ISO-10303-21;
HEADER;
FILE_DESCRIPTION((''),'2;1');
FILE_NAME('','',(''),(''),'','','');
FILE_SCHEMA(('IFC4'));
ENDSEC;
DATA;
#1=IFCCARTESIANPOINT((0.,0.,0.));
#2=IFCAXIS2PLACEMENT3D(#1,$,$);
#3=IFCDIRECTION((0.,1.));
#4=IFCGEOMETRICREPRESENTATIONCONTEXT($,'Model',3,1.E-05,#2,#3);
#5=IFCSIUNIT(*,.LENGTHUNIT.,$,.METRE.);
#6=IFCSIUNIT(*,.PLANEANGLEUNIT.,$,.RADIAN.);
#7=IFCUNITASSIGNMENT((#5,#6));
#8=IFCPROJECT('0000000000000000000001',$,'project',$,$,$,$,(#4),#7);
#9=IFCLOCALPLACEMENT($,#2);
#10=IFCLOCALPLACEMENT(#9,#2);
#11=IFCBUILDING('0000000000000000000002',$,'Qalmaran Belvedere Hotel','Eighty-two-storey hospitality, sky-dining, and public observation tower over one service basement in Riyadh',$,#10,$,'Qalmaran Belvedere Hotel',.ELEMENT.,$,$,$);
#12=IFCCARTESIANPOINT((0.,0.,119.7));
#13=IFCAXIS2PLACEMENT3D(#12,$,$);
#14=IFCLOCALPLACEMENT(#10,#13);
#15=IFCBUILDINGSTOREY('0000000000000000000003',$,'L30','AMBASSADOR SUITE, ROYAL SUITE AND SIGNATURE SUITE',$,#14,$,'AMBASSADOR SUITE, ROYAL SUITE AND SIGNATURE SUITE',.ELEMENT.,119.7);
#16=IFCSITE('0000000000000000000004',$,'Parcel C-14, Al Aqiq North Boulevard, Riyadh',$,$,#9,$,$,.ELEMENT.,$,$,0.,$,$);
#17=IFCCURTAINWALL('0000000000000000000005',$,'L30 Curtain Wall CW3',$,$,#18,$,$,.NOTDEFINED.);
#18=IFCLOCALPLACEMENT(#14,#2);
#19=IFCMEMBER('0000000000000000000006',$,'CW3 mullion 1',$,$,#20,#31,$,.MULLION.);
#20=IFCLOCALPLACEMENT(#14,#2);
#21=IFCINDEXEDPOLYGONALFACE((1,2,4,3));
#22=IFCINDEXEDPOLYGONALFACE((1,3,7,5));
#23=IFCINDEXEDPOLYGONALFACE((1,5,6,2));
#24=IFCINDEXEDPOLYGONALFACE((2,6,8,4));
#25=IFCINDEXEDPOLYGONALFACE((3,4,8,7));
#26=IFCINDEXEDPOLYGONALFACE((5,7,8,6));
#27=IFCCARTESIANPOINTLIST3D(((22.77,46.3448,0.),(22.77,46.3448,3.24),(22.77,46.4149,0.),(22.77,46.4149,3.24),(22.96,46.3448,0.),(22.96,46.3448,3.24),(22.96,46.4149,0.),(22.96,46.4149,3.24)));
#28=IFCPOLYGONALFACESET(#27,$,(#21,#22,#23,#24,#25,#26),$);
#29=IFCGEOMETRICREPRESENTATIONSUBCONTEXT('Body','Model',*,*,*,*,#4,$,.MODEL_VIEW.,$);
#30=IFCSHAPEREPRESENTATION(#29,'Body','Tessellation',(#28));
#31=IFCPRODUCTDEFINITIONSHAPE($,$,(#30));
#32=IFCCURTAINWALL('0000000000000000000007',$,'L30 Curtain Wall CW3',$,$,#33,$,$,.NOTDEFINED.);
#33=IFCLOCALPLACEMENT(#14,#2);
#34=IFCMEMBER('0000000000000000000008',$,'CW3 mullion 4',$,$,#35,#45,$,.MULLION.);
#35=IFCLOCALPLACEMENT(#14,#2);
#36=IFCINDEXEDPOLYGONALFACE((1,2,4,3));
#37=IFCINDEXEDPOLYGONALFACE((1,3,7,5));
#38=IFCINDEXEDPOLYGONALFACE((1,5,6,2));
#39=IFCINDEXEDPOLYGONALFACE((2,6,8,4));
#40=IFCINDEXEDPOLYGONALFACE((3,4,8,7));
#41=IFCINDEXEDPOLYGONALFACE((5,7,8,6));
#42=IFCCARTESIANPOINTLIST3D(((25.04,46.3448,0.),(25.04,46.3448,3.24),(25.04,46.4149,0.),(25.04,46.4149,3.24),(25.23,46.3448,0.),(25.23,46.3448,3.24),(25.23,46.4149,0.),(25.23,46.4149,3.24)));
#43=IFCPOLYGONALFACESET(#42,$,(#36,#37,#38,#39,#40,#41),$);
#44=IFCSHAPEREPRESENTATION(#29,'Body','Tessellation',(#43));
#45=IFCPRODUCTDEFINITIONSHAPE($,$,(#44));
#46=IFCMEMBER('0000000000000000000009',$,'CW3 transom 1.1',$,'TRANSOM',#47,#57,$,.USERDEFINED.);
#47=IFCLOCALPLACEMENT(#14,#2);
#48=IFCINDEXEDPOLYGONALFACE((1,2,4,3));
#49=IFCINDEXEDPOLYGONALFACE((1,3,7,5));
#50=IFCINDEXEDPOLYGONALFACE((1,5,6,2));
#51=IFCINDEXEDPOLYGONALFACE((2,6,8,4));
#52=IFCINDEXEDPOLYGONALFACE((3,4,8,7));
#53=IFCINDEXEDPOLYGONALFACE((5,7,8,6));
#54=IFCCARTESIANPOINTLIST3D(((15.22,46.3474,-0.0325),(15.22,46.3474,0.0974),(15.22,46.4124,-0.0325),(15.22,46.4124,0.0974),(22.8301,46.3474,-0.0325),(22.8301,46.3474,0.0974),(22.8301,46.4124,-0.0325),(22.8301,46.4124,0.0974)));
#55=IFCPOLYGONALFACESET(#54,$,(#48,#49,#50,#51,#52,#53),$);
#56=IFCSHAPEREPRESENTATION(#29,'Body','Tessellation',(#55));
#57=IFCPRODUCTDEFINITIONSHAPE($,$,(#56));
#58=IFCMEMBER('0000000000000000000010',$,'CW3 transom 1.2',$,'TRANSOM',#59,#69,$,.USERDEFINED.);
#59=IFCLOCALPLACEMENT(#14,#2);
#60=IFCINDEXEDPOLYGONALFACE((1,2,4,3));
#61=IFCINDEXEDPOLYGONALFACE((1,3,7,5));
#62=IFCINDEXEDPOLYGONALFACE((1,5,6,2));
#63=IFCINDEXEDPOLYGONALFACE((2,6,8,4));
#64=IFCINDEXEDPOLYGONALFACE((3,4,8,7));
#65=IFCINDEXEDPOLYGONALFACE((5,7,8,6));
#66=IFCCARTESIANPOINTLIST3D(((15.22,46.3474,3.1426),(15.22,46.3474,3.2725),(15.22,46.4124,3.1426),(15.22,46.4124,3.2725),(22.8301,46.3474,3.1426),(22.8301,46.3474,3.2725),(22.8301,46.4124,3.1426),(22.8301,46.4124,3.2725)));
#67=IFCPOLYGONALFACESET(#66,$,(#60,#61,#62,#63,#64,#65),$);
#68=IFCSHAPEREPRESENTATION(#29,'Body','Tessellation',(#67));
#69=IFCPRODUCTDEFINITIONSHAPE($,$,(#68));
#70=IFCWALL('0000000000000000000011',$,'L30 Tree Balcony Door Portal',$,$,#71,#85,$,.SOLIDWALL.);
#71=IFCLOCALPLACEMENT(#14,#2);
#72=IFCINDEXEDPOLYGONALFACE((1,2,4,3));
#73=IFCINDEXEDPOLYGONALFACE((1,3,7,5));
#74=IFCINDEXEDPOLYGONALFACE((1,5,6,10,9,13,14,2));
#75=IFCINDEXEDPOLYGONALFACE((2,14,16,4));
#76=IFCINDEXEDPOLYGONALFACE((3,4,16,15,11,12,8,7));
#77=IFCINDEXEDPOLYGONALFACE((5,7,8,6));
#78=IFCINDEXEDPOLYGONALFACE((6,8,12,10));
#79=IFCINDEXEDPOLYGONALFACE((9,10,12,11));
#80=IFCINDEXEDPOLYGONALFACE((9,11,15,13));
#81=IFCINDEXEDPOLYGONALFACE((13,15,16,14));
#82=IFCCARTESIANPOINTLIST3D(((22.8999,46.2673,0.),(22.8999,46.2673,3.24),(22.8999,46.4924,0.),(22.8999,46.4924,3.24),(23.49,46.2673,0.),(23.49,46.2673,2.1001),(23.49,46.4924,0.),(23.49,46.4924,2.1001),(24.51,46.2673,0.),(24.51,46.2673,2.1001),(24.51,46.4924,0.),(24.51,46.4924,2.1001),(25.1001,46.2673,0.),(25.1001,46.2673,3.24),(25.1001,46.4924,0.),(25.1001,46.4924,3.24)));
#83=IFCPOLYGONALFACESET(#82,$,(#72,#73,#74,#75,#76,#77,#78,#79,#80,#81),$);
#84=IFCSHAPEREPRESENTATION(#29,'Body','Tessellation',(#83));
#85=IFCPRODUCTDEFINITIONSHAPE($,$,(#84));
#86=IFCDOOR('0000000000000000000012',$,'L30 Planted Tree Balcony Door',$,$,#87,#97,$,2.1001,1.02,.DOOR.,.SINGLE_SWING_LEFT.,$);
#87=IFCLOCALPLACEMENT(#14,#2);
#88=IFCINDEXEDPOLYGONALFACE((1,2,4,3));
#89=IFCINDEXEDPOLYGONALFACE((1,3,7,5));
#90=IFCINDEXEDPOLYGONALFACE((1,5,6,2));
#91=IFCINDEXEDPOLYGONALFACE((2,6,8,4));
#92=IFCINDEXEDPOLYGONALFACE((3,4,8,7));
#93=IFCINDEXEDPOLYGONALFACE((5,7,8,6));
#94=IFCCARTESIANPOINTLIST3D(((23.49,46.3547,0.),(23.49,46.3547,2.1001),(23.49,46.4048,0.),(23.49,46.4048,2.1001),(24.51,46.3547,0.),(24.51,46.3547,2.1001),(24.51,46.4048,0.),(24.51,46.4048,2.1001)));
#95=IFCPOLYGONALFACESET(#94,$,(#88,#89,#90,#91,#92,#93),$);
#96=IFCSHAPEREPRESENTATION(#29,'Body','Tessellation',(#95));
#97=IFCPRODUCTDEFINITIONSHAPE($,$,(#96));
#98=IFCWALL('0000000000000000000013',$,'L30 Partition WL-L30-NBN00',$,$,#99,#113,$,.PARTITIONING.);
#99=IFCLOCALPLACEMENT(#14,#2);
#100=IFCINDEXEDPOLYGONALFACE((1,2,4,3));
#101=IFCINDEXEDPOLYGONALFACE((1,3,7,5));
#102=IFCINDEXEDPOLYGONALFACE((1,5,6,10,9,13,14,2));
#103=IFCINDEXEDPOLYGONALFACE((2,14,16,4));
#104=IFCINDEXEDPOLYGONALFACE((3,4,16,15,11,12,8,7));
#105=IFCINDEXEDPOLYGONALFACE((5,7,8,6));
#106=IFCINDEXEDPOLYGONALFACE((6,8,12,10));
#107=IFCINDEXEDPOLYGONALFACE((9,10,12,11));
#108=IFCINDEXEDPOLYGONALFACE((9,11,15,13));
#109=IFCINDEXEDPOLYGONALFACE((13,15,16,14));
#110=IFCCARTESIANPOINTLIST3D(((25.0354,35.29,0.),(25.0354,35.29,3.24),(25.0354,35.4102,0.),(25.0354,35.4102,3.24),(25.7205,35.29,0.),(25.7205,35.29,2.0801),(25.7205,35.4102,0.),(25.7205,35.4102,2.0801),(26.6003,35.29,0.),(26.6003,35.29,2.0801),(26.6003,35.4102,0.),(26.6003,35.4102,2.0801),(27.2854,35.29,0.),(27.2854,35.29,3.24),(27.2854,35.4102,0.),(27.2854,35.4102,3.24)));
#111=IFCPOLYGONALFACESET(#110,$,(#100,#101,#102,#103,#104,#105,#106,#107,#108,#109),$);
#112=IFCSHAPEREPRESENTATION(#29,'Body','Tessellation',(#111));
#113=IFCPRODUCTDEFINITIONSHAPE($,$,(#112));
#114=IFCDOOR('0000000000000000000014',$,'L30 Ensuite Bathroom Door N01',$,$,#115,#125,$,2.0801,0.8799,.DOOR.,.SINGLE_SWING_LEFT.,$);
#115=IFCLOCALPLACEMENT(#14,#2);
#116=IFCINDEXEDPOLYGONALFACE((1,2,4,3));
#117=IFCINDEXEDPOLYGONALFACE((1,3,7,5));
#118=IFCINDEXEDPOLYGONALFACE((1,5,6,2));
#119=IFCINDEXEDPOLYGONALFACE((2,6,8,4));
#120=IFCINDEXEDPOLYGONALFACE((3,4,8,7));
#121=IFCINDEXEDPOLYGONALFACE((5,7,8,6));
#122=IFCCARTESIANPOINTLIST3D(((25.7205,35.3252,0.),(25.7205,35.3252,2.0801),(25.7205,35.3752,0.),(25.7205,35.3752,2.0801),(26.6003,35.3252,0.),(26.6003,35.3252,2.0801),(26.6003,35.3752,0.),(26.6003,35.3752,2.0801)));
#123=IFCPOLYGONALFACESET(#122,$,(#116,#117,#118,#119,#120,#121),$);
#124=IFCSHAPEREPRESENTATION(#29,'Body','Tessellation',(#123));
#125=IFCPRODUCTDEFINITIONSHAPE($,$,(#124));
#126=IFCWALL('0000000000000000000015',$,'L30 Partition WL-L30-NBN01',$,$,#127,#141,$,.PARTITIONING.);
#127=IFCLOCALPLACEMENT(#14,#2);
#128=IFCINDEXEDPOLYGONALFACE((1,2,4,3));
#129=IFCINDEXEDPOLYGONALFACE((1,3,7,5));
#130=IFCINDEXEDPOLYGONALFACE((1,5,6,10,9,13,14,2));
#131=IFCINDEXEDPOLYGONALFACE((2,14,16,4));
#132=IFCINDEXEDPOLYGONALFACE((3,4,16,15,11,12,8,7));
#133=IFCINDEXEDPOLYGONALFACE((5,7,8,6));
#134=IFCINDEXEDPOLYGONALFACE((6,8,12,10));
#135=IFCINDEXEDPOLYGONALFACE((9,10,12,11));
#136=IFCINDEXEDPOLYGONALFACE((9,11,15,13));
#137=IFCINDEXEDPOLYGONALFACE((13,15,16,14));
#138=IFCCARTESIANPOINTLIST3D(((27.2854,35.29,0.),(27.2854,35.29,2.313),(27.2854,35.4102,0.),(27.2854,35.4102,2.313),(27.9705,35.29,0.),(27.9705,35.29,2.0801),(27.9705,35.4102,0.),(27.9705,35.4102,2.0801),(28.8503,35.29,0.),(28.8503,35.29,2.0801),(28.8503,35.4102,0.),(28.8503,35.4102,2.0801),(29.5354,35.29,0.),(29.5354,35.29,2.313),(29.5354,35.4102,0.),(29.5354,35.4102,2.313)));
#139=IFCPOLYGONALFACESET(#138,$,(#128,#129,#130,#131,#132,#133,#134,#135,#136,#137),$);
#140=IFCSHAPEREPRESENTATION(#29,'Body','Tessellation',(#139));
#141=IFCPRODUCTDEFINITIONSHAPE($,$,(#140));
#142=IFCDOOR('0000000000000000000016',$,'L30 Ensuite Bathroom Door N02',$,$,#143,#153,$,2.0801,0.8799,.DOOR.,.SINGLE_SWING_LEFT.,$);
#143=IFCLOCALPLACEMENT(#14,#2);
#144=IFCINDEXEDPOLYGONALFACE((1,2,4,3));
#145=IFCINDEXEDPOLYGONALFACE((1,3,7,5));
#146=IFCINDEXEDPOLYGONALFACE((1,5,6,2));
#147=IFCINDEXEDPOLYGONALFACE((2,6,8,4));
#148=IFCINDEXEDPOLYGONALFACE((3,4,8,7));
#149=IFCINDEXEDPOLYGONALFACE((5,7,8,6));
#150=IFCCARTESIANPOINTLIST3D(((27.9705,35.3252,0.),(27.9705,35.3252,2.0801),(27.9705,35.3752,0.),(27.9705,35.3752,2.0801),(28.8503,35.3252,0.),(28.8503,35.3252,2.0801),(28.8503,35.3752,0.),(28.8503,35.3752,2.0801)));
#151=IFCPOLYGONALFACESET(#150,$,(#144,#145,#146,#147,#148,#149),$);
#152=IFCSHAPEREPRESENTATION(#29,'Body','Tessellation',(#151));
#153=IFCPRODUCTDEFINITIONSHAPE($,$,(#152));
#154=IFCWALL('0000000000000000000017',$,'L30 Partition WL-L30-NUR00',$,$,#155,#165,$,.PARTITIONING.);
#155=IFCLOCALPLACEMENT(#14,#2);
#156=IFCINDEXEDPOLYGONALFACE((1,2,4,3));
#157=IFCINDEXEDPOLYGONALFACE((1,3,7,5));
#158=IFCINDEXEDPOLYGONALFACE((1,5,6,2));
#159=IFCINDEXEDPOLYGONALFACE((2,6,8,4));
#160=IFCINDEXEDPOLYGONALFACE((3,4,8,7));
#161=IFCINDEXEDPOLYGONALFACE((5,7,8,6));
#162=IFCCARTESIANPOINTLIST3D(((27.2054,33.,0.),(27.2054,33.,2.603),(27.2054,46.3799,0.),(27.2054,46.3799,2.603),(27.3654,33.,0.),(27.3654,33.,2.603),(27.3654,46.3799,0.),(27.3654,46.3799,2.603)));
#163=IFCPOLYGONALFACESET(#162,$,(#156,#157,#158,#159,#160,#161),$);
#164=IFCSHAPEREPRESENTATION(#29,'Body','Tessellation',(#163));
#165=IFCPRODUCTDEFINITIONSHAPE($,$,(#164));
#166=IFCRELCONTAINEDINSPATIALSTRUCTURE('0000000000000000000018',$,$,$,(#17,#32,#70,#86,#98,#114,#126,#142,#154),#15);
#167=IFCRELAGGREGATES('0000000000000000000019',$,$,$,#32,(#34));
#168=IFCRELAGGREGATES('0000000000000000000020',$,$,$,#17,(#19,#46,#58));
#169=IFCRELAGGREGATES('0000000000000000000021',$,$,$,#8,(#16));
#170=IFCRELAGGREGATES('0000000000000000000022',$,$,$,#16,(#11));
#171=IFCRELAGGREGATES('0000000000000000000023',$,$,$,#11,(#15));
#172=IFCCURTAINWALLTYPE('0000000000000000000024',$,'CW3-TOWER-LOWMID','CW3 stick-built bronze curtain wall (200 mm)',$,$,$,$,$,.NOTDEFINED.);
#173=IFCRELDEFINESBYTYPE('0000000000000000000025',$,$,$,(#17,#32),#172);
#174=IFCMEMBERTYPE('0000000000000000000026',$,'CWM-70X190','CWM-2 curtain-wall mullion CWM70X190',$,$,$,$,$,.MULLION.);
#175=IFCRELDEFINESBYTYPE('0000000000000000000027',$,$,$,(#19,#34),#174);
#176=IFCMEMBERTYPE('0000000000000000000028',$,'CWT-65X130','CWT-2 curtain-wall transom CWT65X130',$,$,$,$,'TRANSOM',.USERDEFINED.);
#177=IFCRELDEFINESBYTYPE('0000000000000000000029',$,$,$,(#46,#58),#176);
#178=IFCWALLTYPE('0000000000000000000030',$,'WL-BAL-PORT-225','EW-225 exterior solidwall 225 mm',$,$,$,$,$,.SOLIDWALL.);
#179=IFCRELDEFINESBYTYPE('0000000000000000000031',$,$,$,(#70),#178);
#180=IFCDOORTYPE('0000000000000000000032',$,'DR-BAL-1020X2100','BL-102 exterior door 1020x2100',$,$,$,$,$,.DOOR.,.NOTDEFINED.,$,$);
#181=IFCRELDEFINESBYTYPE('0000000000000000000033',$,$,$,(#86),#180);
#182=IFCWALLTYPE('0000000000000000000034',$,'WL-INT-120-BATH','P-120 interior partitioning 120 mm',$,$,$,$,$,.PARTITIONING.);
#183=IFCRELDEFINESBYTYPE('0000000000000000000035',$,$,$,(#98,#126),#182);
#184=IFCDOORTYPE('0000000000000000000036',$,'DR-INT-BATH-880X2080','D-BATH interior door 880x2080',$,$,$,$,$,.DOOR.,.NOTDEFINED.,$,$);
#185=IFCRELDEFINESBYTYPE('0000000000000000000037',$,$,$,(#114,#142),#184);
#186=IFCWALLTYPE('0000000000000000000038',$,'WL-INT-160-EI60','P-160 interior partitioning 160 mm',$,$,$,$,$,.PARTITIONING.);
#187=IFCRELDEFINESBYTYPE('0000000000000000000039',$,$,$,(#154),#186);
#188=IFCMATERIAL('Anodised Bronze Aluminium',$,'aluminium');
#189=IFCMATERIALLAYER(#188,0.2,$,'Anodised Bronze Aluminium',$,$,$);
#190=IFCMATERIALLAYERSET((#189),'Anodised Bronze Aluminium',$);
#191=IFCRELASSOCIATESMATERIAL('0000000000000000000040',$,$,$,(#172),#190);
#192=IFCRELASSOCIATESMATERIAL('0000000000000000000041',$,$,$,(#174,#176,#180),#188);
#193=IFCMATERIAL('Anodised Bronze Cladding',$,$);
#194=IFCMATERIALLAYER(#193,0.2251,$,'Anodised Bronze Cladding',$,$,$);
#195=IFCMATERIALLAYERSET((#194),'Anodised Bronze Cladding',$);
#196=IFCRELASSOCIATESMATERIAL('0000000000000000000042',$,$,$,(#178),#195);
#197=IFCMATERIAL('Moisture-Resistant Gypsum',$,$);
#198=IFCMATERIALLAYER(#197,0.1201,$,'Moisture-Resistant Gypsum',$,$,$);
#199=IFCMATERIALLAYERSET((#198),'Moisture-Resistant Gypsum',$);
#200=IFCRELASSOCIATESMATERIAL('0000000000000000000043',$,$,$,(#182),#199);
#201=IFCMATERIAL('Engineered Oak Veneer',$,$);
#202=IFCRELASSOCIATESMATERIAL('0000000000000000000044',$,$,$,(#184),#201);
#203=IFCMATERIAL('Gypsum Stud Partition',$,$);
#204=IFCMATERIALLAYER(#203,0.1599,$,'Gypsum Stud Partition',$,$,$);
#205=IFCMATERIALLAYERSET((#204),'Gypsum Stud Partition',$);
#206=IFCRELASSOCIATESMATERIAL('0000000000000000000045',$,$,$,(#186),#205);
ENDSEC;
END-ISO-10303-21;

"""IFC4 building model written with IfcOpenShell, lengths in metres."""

from ifc_helpers import new_model, si_unit, direction, frame, frame_2d, origin, origin_2d, place, context, subcontext, project, spatial, rectangle, extrude, material, layer, layer_set, material_profile, profile_set, type_object, element, fill, aggregate, save


model = new_model("IFC4")

# Units and contexts
model_context = context("Model", 3, precision=1e-05, world=origin(), true_north=direction((0.0, 1.0)))
body_context = subcontext(model_context, "Body", "Model", "MODEL_VIEW")
ifc_project = project(units=[si_unit("LENGTHUNIT", "METRE"), si_unit("PLANEANGLEUNIT", "RADIAN")], contexts=[model_context])

# Site, building, storey
site_placement = place(None, origin())
site = spatial("IfcSite", under=ifc_project, at=site_placement, Name="Parcel C-14, Al Aqiq North Boulevard, Riyadh", CompositionType="ELEMENT", RefElevation=0.0)
building_placement = place(site_placement, origin())
building = spatial("IfcBuilding", under=site, at=building_placement, Name="Qalmaran Belvedere Hotel", Description="Eighty-two-storey hospitality, sky-dining, and public observation tower over one service basement in Riyadh", LongName="Qalmaran Belvedere Hotel", CompositionType="ELEMENT")
storey_placement = place(building_placement, frame((0.0, 0.0, 119.7)))
storey = spatial("IfcBuildingStorey", under=building, at=storey_placement, Name="L30", Description="AMBASSADOR SUITE, ROYAL SUITE AND SIGNATURE SUITE", LongName="AMBASSADOR SUITE, ROYAL SUITE AND SIGNATURE SUITE", CompositionType="ELEMENT", Elevation=119.7)

# Curtain walls, members
ifc_material_1 = material(Name="Anodised Bronze Aluminium", Category="aluminium")
ifc_layer_1 = layer(ifc_material_1, 0.2, Name="Anodised Bronze Aluminium")
ifc_layer_set_1 = layer_set([ifc_layer_1], Name="Anodised Bronze Aluminium")
curtain_wall_type = type_object("IfcCurtainWallType", Name="CW3-TOWER-LOWMID", Description="CW3 stick-built bronze curtain wall (200 mm)", PredefinedType="NOTDEFINED", material=ifc_layer_set_1)
curtain_wall_1_placement = place(storey_placement, origin())
curtain_wall_1 = element("IfcCurtainWall", 1, at=curtain_wall_1_placement, inside=storey, type_object=curtain_wall_type, Name="L30 Curtain Wall CW3", PredefinedType="NOTDEFINED")
ifc_material_profile_1 = material_profile(ifc_material_1, rectangle(XDim=0.0701, YDim=0.1899, at=origin_2d()), Name="CWM70X190")
ifc_profile_set_1 = profile_set([ifc_material_profile_1], Name="Anodised Bronze Aluminium")
member_type_1 = type_object("IfcMemberType", Name="CWM-70X190", Description="CWM-2 curtain-wall mullion CWM70X190", PredefinedType="MULLION", material=ifc_profile_set_1)
member_1_placement = place(storey_placement, frame((22.865, 46.3799, 0.0), z_axis=(0.0, 0.0, 1.0), x_axis=(0.0, -1.0, 0.0)))
member_1 = element("IfcMember", 2, at=member_1_placement, type_object=member_type_1, Name="CW3 mullion 1", PredefinedType="MULLION", context=body_context, shape_type="SweptSolid", body=[
    extrude(rectangle(XDim=0.0701, YDim=0.1899, at=origin_2d()), origin(), (0.0, 0.0, 1.0), 3.24),
])
curtain_wall_2_placement = place(storey_placement, origin())
curtain_wall_2 = element("IfcCurtainWall", 3, at=curtain_wall_2_placement, inside=storey, type_object=curtain_wall_type, Name="L30 Curtain Wall CW3", PredefinedType="NOTDEFINED")
member_2_placement = place(storey_placement, frame((25.135, 46.3799, 0.0), z_axis=(0.0, 0.0, 1.0), x_axis=(0.0, -1.0, 0.0)))
member_2 = element("IfcMember", 4, at=member_2_placement, type_object=member_type_1, Name="CW3 mullion 4", PredefinedType="MULLION", context=body_context, shape_type="SweptSolid", body=[
    extrude(rectangle(XDim=0.0701, YDim=0.1899, at=origin_2d()), origin(), (0.0, 0.0, 1.0), 3.24),
])
aggregate(curtain_wall_2, [member_2])

# Members
ifc_material_profile_2 = material_profile(ifc_material_1, rectangle(XDim=0.0649, YDim=0.1299, at=origin_2d()), Name="CWT65X130")
ifc_profile_set_2 = profile_set([ifc_material_profile_2], Name="Anodised Bronze Aluminium")
member_type_2 = type_object("IfcMemberType", Name="CWT-65X130", Description="CWT-2 curtain-wall transom CWT65X130", ElementType="TRANSOM", PredefinedType="USERDEFINED", material=ifc_profile_set_2)
member_3_placement = place(storey_placement, frame((22.8301, 46.3799, 0.0325), z_axis=(-1.0, 0.0, 0.0), x_axis=(0.0, -1.0, 0.0)))
member_3 = element("IfcMember", 5, at=member_3_placement, type_object=member_type_2, Name="CW3 transom 1.1", ObjectType="TRANSOM", PredefinedType="USERDEFINED", context=body_context, shape_type="SweptSolid", body=[
    extrude(rectangle(XDim=0.0649, YDim=0.1299, at=origin_2d()), origin(), (0.0, 0.0, 1.0), 7.6101),
])
member_4_placement = place(storey_placement, frame((22.8301, 46.3799, 3.2075), z_axis=(-1.0, 0.0, 0.0), x_axis=(0.0, -1.0, 0.0)))
member_4 = element("IfcMember", 6, at=member_4_placement, type_object=member_type_2, Name="CW3 transom 1.2", ObjectType="TRANSOM", PredefinedType="USERDEFINED", context=body_context, shape_type="SweptSolid", body=[
    extrude(rectangle(XDim=0.0649, YDim=0.1299, at=origin_2d()), origin(), (0.0, 0.0, 1.0), 7.6101),
])
aggregate(curtain_wall_1, [member_1, member_3, member_4])

# Walls, openings, doors
ifc_material_2 = material(Name="Anodised Bronze Cladding")
ifc_layer_2 = layer(ifc_material_2, 0.2251, Name="Anodised Bronze Cladding")
ifc_layer_set_2 = layer_set([ifc_layer_2], Name="Anodised Bronze Cladding")
wall_type_1 = type_object("IfcWallType", Name="WL-BAL-PORT-225", Description="EW-225 exterior solidwall 225 mm", PredefinedType="SOLIDWALL", material=ifc_layer_set_2)
wall_1_placement = place(storey_placement, frame((22.8999, 46.3799, 0.0), z_axis=(0.0, 0.0, 1.0), x_axis=(1.0, 0.0, 0.0)))
wall_1 = element("IfcWall", 7, at=wall_1_placement, inside=storey, type_object=wall_type_1, Name="L30 Tree Balcony Door Portal", PredefinedType="SOLIDWALL", context=body_context, shape_type="SweptSolid", body=[
    extrude(rectangle(XDim=2.2002, YDim=0.2251, at=frame_2d((1.1001, 0.0))), origin(), (0.0, 0.0, 1.0), 3.24),
])
opening_1_placement = place(wall_1_placement, frame((0.5901, 0.0, 0.0)))
opening_1 = element("IfcOpeningElement", 8, at=opening_1_placement, cuts=wall_1, PredefinedType="OPENING", context=body_context, shape_type="SweptSolid", body=[
    extrude(rectangle(XDim=1.02, YDim=2.1001, at=frame_2d((0.51, 1.05))), frame((0.0, 0.1226, 0.0), z_axis=(0.0, -1.0, 0.0), x_axis=(1.0, 0.0, 0.0)), (0.0, 0.0, 1.0), 0.2451),
])
door_type_1 = type_object("IfcDoorType", Name="DR-BAL-1020X2100", Description="BL-102 exterior door 1020x2100", OperationType="NOTDEFINED", PredefinedType="DOOR", material=ifc_material_1)
door_1_placement = place(opening_1_placement, origin())
door_1 = element("IfcDoor", 9, at=door_1_placement, inside=storey, type_object=door_type_1, Name="L30 Planted Tree Balcony Door", OperationType="SINGLE_SWING_LEFT", OverallHeight=2.1001, OverallWidth=1.02, PredefinedType="DOOR", context=body_context, shape_type="SweptSolid", body=[
    extrude(rectangle(XDim=1.02, YDim=2.1001, at=frame_2d((0.51, 1.05))), frame((0.0, 0.0249, 0.0), z_axis=(0.0, -1.0, 0.0), x_axis=(1.0, 0.0, 0.0)), (0.0, 0.0, 1.0), 0.05),
])
fill(opening_1, door_1)
ifc_material_3 = material(Name="Moisture-Resistant Gypsum")
ifc_layer_3 = layer(ifc_material_3, 0.1201, Name="Moisture-Resistant Gypsum")
ifc_layer_set_3 = layer_set([ifc_layer_3], Name="Moisture-Resistant Gypsum")
wall_type_2 = type_object("IfcWallType", Name="WL-INT-120-BATH", Description="P-120 interior partitioning 120 mm", PredefinedType="PARTITIONING", material=ifc_layer_set_3)
wall_2_placement = place(storey_placement, frame((25.0354, 35.3501, 0.0), z_axis=(0.0, 0.0, 1.0), x_axis=(1.0, 0.0, 0.0)))
wall_2 = element("IfcWall", 10, at=wall_2_placement, inside=storey, type_object=wall_type_2, Name="L30 Partition WL-L30-NBN00", PredefinedType="PARTITIONING", context=body_context, shape_type="SweptSolid", body=[
    extrude(rectangle(XDim=2.25, YDim=0.1201, at=frame_2d((1.125, 0.0))), origin(), (0.0, 0.0, 1.0), 3.24),
])
opening_2_placement = place(wall_2_placement, frame((1.5649, 0.0, 0.0), z_axis=(0.0, 0.0, 1.0), x_axis=(-1.0, 0.0, 0.0)))
opening_2 = element("IfcOpeningElement", 11, at=opening_2_placement, cuts=wall_2, PredefinedType="OPENING", context=body_context, shape_type="SweptSolid", body=[
    extrude(rectangle(XDim=0.8799, YDim=2.0801, at=frame_2d((0.4399, 1.04))), frame((0.0, 0.0701, 0.0), z_axis=(0.0, -1.0, 0.0), x_axis=(1.0, 0.0, 0.0)), (0.0, 0.0, 1.0), 0.1401),
])
ifc_material_4 = material(Name="Engineered Oak Veneer")
door_type_2 = type_object("IfcDoorType", Name="DR-INT-BATH-880X2080", Description="D-BATH interior door 880x2080", OperationType="NOTDEFINED", PredefinedType="DOOR", material=ifc_material_4)
door_2_placement = place(opening_2_placement, origin())
door_2 = element("IfcDoor", 12, at=door_2_placement, inside=storey, type_object=door_type_2, Name="L30 Ensuite Bathroom Door N01", OperationType="SINGLE_SWING_LEFT", OverallHeight=2.0801, OverallWidth=0.8799, PredefinedType="DOOR", context=body_context, shape_type="SweptSolid", body=[
    extrude(rectangle(XDim=0.8799, YDim=2.0801, at=frame_2d((0.4399, 1.04))), frame((0.0, 0.0249, 0.0), z_axis=(0.0, -1.0, 0.0), x_axis=(1.0, 0.0, 0.0)), (0.0, 0.0, 1.0), 0.05),
])
fill(opening_2, door_2)
wall_3_placement = place(storey_placement, frame((27.2854, 35.3501, 0.0), z_axis=(0.0, 0.0, 1.0), x_axis=(1.0, 0.0, 0.0)))
wall_3 = element("IfcWall", 13, at=wall_3_placement, inside=storey, type_object=wall_type_2, Name="L30 Partition WL-L30-NBN01", PredefinedType="PARTITIONING", context=body_context, shape_type="SweptSolid", body=[
    extrude(rectangle(XDim=2.25, YDim=0.1201, at=frame_2d((1.125, 0.0))), origin(), (0.0, 0.0, 1.0), 2.313),
])
opening_3_placement = place(wall_3_placement, frame((1.5649, 0.0, 0.0), z_axis=(0.0, 0.0, 1.0), x_axis=(-1.0, 0.0, 0.0)))
opening_3 = element("IfcOpeningElement", 14, at=opening_3_placement, cuts=wall_3, PredefinedType="OPENING", context=body_context, shape_type="SweptSolid", body=[
    extrude(rectangle(XDim=0.8799, YDim=2.0801, at=frame_2d((0.4399, 1.04))), frame((0.0, 0.0701, 0.0), z_axis=(0.0, -1.0, 0.0), x_axis=(1.0, 0.0, 0.0)), (0.0, 0.0, 1.0), 0.1401),
])
door_3_placement = place(opening_3_placement, origin())
door_3 = element("IfcDoor", 15, at=door_3_placement, inside=storey, type_object=door_type_2, Name="L30 Ensuite Bathroom Door N02", OperationType="SINGLE_SWING_LEFT", OverallHeight=2.0801, OverallWidth=0.8799, PredefinedType="DOOR", context=body_context, shape_type="SweptSolid", body=[
    extrude(rectangle(XDim=0.8799, YDim=2.0801, at=frame_2d((0.4399, 1.04))), frame((0.0, 0.0249, 0.0), z_axis=(0.0, -1.0, 0.0), x_axis=(1.0, 0.0, 0.0)), (0.0, 0.0, 1.0), 0.05),
])
fill(opening_3, door_3)

# Wall
ifc_material_5 = material(Name="Gypsum Stud Partition")
ifc_layer_4 = layer(ifc_material_5, 0.1599, Name="Gypsum Stud Partition")
ifc_layer_set_4 = layer_set([ifc_layer_4], Name="Gypsum Stud Partition")
wall_type_3 = type_object("IfcWallType", Name="WL-INT-160-EI60", Description="P-160 interior partitioning 160 mm", PredefinedType="PARTITIONING", material=ifc_layer_set_4)
wall_4_placement = place(storey_placement, frame((27.2854, 33.0, 0.0), z_axis=(0.0, 0.0, 1.0), x_axis=(0.0, 1.0, 0.0)))
element("IfcWall", 16, at=wall_4_placement, inside=storey, type_object=wall_type_3, Name="L30 Partition WL-L30-NUR00", PredefinedType="PARTITIONING", context=body_context, shape_type="SweptSolid", body=[
    extrude(rectangle(XDim=13.3799, YDim=0.1599, at=frame_2d((6.6899, 0.0))), origin(), (0.0, 0.0, 1.0), 2.603),
])

save(model, "model.ifc")
